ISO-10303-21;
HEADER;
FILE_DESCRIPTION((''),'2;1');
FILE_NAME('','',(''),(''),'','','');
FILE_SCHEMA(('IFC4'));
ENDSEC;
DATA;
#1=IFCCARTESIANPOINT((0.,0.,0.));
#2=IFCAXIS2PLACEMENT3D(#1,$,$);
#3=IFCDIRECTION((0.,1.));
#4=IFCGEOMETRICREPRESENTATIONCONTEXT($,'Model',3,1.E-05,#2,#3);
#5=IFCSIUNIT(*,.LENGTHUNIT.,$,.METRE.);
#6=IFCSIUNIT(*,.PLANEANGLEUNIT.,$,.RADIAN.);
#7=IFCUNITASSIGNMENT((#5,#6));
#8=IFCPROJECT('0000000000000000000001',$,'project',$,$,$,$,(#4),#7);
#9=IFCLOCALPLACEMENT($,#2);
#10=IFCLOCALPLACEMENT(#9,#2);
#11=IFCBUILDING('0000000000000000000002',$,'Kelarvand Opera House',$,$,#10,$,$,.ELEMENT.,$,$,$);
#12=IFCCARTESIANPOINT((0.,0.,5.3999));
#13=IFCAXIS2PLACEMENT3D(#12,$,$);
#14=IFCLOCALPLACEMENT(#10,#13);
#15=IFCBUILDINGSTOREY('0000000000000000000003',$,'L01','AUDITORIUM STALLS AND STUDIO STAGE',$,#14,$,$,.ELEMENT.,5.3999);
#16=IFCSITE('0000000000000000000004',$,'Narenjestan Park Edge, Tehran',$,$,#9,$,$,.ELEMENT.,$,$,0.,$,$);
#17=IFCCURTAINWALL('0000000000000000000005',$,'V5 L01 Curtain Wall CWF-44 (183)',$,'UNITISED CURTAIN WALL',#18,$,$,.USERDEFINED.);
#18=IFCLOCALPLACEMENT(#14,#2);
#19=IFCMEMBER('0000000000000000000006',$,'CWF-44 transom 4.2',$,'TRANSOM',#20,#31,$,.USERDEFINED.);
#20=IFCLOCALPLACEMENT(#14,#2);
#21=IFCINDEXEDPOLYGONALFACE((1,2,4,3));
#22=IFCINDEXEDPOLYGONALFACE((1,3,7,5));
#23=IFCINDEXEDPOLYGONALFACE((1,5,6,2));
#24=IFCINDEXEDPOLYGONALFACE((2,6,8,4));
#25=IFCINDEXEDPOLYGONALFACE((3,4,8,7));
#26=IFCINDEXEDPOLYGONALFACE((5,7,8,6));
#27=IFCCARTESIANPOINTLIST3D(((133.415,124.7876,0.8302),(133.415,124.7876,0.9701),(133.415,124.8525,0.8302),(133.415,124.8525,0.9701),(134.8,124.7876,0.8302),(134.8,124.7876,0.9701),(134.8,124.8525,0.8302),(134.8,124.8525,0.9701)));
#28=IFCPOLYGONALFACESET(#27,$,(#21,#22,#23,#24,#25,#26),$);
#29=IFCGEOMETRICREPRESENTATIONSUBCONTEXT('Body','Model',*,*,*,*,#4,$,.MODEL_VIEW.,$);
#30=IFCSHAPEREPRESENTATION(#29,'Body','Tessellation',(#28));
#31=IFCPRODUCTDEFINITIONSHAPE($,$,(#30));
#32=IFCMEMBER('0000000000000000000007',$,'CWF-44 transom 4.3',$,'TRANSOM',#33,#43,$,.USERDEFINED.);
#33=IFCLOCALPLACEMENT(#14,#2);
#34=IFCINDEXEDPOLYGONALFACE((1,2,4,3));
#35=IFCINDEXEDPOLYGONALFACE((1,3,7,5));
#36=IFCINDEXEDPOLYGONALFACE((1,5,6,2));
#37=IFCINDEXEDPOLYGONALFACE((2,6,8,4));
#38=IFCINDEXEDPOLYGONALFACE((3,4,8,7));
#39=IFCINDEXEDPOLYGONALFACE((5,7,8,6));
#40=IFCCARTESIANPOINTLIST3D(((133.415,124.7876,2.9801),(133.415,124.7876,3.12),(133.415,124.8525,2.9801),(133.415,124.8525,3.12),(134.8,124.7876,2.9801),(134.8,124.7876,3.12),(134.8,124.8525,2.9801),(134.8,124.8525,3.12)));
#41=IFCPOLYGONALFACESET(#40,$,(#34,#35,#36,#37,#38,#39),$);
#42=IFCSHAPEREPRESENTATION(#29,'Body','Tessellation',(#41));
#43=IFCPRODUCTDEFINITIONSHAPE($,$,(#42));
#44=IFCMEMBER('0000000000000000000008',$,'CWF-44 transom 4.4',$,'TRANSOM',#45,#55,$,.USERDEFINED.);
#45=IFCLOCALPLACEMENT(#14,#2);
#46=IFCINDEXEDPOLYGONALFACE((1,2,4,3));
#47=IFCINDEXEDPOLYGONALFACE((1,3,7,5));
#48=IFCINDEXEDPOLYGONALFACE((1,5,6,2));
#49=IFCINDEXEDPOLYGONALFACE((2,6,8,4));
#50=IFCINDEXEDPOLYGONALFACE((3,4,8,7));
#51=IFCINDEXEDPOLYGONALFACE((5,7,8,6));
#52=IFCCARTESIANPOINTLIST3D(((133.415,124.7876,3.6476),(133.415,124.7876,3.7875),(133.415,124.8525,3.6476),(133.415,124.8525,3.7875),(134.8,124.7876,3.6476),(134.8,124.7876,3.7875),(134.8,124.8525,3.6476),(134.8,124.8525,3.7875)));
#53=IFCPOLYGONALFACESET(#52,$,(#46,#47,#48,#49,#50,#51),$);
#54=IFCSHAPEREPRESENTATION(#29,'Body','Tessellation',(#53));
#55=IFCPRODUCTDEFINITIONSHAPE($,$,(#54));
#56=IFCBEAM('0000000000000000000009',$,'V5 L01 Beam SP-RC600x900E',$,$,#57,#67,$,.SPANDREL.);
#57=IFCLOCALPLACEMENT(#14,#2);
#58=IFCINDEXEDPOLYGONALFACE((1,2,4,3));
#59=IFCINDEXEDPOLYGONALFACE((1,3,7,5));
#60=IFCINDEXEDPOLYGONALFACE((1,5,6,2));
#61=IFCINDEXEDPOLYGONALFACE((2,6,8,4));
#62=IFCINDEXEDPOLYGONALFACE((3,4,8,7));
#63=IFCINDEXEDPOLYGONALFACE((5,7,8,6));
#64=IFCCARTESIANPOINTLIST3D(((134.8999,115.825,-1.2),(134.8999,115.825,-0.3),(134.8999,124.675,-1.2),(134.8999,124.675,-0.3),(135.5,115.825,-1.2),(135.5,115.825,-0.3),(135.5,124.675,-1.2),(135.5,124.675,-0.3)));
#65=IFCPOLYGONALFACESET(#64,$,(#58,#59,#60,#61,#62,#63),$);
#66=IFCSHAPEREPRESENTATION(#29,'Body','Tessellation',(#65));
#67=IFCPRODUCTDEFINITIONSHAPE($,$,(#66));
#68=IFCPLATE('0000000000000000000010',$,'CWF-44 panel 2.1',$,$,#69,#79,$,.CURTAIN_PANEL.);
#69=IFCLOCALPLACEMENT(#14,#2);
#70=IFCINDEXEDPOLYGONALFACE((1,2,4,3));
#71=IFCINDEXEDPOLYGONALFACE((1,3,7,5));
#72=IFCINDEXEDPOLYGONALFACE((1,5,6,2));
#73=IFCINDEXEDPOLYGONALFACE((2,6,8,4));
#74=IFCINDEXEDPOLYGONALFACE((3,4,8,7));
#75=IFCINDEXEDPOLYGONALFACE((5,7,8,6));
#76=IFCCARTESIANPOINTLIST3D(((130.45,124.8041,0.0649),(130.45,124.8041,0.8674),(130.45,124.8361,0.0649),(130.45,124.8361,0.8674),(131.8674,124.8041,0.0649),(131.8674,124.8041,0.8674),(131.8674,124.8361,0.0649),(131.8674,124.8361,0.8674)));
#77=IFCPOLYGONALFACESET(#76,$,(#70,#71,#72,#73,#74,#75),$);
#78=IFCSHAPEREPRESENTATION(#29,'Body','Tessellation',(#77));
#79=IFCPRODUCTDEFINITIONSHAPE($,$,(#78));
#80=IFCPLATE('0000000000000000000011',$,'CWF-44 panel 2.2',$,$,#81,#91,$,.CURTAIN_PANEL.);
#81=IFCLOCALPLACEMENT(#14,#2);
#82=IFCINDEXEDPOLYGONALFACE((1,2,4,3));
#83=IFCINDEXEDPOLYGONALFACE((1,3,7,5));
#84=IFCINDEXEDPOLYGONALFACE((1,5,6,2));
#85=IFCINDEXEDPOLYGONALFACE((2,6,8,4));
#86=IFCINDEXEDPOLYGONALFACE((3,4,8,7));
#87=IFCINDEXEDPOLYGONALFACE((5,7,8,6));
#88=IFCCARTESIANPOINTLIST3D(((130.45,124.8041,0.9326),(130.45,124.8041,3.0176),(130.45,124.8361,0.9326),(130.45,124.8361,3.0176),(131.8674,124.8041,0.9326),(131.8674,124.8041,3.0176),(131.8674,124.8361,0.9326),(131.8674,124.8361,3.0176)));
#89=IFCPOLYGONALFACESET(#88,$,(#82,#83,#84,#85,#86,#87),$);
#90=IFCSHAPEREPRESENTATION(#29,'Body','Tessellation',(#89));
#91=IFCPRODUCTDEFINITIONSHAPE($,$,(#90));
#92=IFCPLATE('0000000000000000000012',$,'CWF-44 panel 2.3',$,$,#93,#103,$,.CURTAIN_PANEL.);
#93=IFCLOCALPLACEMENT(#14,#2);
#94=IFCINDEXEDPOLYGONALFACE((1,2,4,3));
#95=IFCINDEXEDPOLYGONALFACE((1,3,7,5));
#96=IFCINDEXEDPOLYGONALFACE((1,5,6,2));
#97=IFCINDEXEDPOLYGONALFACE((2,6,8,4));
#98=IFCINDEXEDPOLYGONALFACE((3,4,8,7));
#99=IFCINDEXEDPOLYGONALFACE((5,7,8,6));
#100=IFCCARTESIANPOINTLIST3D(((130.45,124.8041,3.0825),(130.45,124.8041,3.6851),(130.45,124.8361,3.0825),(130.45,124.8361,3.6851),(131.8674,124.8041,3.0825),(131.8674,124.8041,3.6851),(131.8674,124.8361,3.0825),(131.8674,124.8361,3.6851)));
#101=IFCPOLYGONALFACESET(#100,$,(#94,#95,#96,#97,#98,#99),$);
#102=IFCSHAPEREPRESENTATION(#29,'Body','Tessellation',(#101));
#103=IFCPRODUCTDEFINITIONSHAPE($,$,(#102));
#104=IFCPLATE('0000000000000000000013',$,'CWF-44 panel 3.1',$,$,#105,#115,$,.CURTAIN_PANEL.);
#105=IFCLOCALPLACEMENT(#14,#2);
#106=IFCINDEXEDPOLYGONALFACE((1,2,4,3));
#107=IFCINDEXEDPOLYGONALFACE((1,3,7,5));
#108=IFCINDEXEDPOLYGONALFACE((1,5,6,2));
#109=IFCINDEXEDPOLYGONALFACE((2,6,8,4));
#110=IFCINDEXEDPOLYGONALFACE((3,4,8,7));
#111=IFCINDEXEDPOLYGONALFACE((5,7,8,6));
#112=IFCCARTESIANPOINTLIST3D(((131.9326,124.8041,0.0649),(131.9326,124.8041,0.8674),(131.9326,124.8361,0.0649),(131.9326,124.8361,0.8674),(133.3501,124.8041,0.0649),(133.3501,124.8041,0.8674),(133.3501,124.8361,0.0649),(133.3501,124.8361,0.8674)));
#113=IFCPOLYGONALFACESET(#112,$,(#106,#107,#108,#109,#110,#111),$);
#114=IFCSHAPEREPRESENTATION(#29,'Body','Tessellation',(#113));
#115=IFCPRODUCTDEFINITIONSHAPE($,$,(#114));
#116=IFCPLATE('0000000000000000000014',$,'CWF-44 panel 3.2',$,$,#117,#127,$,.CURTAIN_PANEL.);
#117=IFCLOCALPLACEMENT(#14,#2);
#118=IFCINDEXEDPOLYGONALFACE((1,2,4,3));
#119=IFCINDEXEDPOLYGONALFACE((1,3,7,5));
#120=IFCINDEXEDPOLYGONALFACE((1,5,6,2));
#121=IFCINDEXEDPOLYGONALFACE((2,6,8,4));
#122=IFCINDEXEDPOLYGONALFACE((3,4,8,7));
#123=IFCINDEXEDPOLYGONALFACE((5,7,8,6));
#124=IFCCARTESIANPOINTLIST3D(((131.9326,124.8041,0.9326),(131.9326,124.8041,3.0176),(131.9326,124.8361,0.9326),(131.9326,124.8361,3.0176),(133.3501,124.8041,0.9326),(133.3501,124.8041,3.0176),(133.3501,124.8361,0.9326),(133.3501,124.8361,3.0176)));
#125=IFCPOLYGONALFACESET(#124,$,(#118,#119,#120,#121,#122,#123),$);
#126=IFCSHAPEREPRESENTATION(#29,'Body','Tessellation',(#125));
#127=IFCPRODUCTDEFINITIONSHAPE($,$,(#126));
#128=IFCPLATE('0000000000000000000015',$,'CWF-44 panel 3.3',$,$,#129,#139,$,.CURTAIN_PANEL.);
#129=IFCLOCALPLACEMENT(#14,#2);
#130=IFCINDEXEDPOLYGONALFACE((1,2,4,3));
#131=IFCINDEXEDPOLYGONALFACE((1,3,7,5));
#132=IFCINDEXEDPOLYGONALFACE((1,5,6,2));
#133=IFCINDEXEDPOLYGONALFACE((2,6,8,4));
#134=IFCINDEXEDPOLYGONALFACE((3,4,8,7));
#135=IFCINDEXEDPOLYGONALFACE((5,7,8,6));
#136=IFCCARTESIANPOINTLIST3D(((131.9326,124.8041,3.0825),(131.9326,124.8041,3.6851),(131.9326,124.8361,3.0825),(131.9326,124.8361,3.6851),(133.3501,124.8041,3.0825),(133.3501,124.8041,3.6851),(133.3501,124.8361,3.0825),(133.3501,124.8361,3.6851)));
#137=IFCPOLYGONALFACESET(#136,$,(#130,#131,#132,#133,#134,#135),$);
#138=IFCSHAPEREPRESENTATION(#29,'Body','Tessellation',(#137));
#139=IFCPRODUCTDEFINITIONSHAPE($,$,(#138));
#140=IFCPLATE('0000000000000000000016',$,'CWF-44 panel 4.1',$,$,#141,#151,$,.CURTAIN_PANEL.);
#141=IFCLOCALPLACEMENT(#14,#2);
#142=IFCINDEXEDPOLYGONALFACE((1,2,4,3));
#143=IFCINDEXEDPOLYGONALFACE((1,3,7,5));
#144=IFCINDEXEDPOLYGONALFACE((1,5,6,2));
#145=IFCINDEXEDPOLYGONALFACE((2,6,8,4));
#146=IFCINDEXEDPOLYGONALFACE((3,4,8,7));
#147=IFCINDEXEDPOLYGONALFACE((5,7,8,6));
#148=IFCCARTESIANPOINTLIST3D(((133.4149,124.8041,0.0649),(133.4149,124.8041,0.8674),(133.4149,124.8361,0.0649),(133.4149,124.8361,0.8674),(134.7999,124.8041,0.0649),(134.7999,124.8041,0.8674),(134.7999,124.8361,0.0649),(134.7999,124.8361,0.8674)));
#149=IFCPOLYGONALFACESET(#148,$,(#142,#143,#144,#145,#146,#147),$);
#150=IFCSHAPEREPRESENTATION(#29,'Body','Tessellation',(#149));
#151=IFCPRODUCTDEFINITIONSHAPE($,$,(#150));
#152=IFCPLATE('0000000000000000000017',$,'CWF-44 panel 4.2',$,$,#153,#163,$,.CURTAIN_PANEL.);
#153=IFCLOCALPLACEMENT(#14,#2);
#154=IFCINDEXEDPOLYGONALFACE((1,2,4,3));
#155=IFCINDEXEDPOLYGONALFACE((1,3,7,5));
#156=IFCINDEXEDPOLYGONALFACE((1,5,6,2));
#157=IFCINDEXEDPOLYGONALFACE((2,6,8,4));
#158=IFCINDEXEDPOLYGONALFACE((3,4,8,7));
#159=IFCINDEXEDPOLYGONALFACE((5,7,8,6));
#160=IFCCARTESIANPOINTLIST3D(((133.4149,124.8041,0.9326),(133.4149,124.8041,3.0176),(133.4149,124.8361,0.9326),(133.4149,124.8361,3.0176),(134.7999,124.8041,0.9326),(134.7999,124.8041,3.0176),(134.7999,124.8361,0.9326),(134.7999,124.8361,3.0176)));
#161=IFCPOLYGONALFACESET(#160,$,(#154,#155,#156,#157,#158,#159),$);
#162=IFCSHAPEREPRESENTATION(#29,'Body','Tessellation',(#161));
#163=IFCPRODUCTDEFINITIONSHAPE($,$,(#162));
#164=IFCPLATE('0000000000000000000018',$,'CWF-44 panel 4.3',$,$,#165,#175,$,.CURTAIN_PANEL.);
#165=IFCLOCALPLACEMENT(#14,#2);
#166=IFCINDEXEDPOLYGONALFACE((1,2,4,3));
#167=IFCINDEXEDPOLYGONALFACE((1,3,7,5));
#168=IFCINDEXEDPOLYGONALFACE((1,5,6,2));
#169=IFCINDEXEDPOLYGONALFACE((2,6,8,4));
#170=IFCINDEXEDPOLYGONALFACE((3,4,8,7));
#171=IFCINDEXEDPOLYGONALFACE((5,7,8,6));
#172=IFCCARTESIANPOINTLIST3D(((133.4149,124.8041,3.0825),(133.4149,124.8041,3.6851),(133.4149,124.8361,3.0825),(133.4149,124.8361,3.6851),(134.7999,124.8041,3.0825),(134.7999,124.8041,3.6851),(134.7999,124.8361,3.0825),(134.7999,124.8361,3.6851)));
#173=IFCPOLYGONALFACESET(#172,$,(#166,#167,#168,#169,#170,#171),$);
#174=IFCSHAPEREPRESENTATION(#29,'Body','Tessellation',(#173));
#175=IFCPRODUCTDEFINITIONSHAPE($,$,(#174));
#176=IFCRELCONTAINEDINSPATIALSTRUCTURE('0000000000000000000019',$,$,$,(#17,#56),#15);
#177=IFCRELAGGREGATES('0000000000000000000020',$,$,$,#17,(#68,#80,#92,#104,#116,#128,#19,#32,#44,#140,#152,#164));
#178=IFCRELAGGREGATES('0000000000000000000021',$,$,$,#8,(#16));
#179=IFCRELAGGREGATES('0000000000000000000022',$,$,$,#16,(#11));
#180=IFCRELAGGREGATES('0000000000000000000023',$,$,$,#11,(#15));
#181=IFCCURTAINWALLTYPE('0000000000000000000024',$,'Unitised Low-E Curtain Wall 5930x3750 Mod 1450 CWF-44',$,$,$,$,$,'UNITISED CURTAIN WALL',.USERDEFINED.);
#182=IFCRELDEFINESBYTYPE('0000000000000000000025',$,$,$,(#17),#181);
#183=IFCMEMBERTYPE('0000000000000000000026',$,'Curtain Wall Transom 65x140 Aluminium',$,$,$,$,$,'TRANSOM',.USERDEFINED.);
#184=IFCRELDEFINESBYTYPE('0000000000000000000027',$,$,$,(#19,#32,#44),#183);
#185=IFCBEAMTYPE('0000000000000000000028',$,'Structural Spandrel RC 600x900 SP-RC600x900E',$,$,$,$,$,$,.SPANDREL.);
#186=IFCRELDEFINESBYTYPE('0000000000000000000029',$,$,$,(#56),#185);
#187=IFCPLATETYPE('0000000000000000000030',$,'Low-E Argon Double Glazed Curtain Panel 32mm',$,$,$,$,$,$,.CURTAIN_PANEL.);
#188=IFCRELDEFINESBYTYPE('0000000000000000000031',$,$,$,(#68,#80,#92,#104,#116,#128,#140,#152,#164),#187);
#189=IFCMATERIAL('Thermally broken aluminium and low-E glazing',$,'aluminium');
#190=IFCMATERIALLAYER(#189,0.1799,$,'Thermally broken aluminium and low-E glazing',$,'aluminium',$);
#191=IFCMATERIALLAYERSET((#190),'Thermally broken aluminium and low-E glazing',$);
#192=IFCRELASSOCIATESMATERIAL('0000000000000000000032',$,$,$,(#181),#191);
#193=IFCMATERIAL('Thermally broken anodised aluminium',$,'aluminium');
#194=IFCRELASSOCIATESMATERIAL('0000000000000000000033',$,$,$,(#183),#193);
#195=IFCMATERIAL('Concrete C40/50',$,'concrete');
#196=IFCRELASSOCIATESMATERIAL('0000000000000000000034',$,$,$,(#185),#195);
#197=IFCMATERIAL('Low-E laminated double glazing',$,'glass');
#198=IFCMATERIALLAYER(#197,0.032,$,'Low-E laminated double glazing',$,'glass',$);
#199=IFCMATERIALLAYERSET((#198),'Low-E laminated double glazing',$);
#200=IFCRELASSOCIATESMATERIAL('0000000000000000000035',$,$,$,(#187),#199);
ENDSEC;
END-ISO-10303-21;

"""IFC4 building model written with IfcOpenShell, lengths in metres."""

from ifc_helpers import new_model, si_unit, direction, frame, origin, origin_2d, place, context, subcontext, project, spatial, rectangle, extrude, material, layer, layer_set, material_profile, profile_set, type_object, element, aggregate, save


model = new_model("IFC4")

# Units and contexts
model_context = context("Model", 3, precision=1e-05, world=origin(), true_north=direction((0.0, 1.0)))
body_context = subcontext(model_context, "Body", "Model", "MODEL_VIEW")
ifc_project = project(units=[si_unit("LENGTHUNIT", "METRE"), si_unit("PLANEANGLEUNIT", "RADIAN")], contexts=[model_context])

# Site, building, storey
site_placement = place(None, origin())
site = spatial("IfcSite", under=ifc_project, at=site_placement, Name="Narenjestan Park Edge, Tehran", CompositionType="ELEMENT", RefElevation=0.0)
building_placement = place(site_placement, origin())
building = spatial("IfcBuilding", under=site, at=building_placement, Name="Kelarvand Opera House", CompositionType="ELEMENT")
storey_placement = place(building_placement, frame((0.0, 0.0, 5.3999)))
storey = spatial("IfcBuildingStorey", under=building, at=storey_placement, Name="L01", Description="AUDITORIUM STALLS AND STUDIO STAGE", CompositionType="ELEMENT", Elevation=5.3999)

# Shared definitions
ifc_material_1 = material(Name="Concrete C40/50", Category="concrete")

# Shared definitions
ifc_material_2 = material(Name="Thermally broken aluminium and low-E glazing", Category="aluminium")
ifc_material_3 = material(Name="Thermally broken anodised aluminium", Category="aluminium")

# Curtain wall
ifc_layer_1 = layer(ifc_material_2, 0.1799, Name="Thermally broken aluminium and low-E glazing", Category="aluminium")
ifc_layer_set_1 = layer_set([ifc_layer_1], Name="Thermally broken aluminium and low-E glazing")
curtain_wall_type_1 = type_object("IfcCurtainWallType", Name="Unitised Low-E Curtain Wall 5930x3750 Mod 1450 CWF-44", ElementType="UNITISED CURTAIN WALL", PredefinedType="USERDEFINED", material=ifc_layer_set_1)
curtain_wall_1_placement = place(storey_placement, origin())
curtain_wall_1 = element("IfcCurtainWall", 1, at=curtain_wall_1_placement, inside=storey, type_object=curtain_wall_type_1, Name="V5 L01 Curtain Wall CWF-44 (183)", ObjectType="UNITISED CURTAIN WALL", PredefinedType="USERDEFINED")

# Members
ifc_material_profile_1 = material_profile(ifc_material_3, rectangle(XDim=0.0649, YDim=0.1399, at=origin_2d()), Name="ALU TRANSOM 65x140", Category="aluminium")
ifc_profile_set_1 = profile_set([ifc_material_profile_1], Name="Thermally broken anodised aluminium")
member_type_1 = type_object("IfcMemberType", Name="Curtain Wall Transom 65x140 Aluminium", ElementType="TRANSOM", PredefinedType="USERDEFINED", material=ifc_profile_set_1)
member_1_placement = place(storey_placement, frame((133.415, 124.8201, 0.9001), z_axis=(1.0, 0.0, 0.0), x_axis=(0.0, 1.0, 0.0)))
member_1 = element("IfcMember", 2, at=member_1_placement, type_object=member_type_1, Name="CWF-44 transom 4.2", ObjectType="TRANSOM", PredefinedType="USERDEFINED", context=body_context, shape_type="SweptSolid", body=[
    extrude(rectangle(XDim=0.0649, YDim=0.1399, at=origin_2d()), origin(), (0.0, 0.0, 1.0), 1.385),
])
member_2_placement = place(storey_placement, frame((133.415, 124.8201, 3.05), z_axis=(1.0, 0.0, 0.0), x_axis=(0.0, 1.0, 0.0)))
member_2 = element("IfcMember", 3, at=member_2_placement, type_object=member_type_1, Name="CWF-44 transom 4.3", ObjectType="TRANSOM", PredefinedType="USERDEFINED", context=body_context, shape_type="SweptSolid", body=[
    extrude(rectangle(XDim=0.0649, YDim=0.1399, at=origin_2d()), origin(), (0.0, 0.0, 1.0), 1.385),
])
member_3_placement = place(storey_placement, frame((133.415, 124.8201, 3.7175), z_axis=(1.0, 0.0, 0.0), x_axis=(0.0, 1.0, 0.0)))
member_3 = element("IfcMember", 4, at=member_3_placement, type_object=member_type_1, Name="CWF-44 transom 4.4", ObjectType="TRANSOM", PredefinedType="USERDEFINED", context=body_context, shape_type="SweptSolid", body=[
    extrude(rectangle(XDim=0.0649, YDim=0.1399, at=origin_2d()), origin(), (0.0, 0.0, 1.0), 1.385),
])

# Beam
ifc_material_profile_2 = material_profile(ifc_material_1, rectangle(XDim=0.6001, YDim=0.8999, at=origin_2d()), Name="RC 600x900", Category="concrete")
ifc_profile_set_2 = profile_set([ifc_material_profile_2], Name="Concrete C40/50")
beam_type = type_object("IfcBeamType", Name="Structural Spandrel RC 600x900 SP-RC600x900E", PredefinedType="SPANDREL", material=ifc_profile_set_2)
beam_placement = place(storey_placement, frame((135.2, 115.825, -0.75), z_axis=(0.0, 1.0, 0.0), x_axis=(-1.0, 0.0, 0.0)))
element("IfcBeam", 5, at=beam_placement, inside=storey, type_object=beam_type, Name="V5 L01 Beam SP-RC600x900E", PredefinedType="SPANDREL", context=body_context, shape_type="SweptSolid", body=[
    extrude(rectangle(XDim=0.6001, YDim=0.8999, at=origin_2d()), origin(), (0.0, 0.0, 1.0), 8.8501),
])

# Plates
ifc_material_4 = material(Name="Low-E laminated double glazing", Category="glass")
ifc_layer_2 = layer(ifc_material_4, 0.032, Name="Low-E laminated double glazing", Category="glass")
ifc_layer_set_2 = layer_set([ifc_layer_2], Name="Low-E laminated double glazing")
plate_type = type_object("IfcPlateType", Name="Low-E Argon Double Glazed Curtain Panel 32mm", PredefinedType="CURTAIN_PANEL", material=ifc_layer_set_2)
plate_1_placement = place(storey_placement, frame((131.1587, 124.8201, 0.0649), z_axis=(0.0, 0.0, 1.0), x_axis=(1.0, 0.0, 0.0)))
plate_1 = element("IfcPlate", 6, at=plate_1_placement, type_object=plate_type, Name="CWF-44 panel 2.1", PredefinedType="CURTAIN_PANEL", context=body_context, shape_type="SweptSolid", body=[
    extrude(rectangle(XDim=1.4175, YDim=0.032, at=origin_2d()), origin(), (0.0, 0.0, 1.0), 0.8025),
])
plate_2_placement = place(storey_placement, frame((131.1587, 124.8201, 0.9326), z_axis=(0.0, 0.0, 1.0), x_axis=(1.0, 0.0, 0.0)))
plate_2 = element("IfcPlate", 7, at=plate_2_placement, type_object=plate_type, Name="CWF-44 panel 2.2", PredefinedType="CURTAIN_PANEL", context=body_context, shape_type="SweptSolid", body=[
    extrude(rectangle(XDim=1.4175, YDim=0.032, at=origin_2d()), origin(), (0.0, 0.0, 1.0), 2.085),
])
plate_3_placement = place(storey_placement, frame((131.1587, 124.8201, 3.0825), z_axis=(0.0, 0.0, 1.0), x_axis=(1.0, 0.0, 0.0)))
plate_3 = element("IfcPlate", 8, at=plate_3_placement, type_object=plate_type, Name="CWF-44 panel 2.3", PredefinedType="CURTAIN_PANEL", context=body_context, shape_type="SweptSolid", body=[
    extrude(rectangle(XDim=1.4175, YDim=0.032, at=origin_2d()), origin(), (0.0, 0.0, 1.0), 0.6025),
])
plate_4_placement = place(storey_placement, frame((132.6414, 124.8201, 0.0649), z_axis=(0.0, 0.0, 1.0), x_axis=(1.0, 0.0, 0.0)))
plate_4 = element("IfcPlate", 9, at=plate_4_placement, type_object=plate_type, Name="CWF-44 panel 3.1", PredefinedType="CURTAIN_PANEL", context=body_context, shape_type="SweptSolid", body=[
    extrude(rectangle(XDim=1.4175, YDim=0.032, at=origin_2d()), origin(), (0.0, 0.0, 1.0), 0.8025),
])
plate_5_placement = place(storey_placement, frame((132.6414, 124.8201, 0.9326), z_axis=(0.0, 0.0, 1.0), x_axis=(1.0, 0.0, 0.0)))
plate_5 = element("IfcPlate", 10, at=plate_5_placement, type_object=plate_type, Name="CWF-44 panel 3.2", PredefinedType="CURTAIN_PANEL", context=body_context, shape_type="SweptSolid", body=[
    extrude(rectangle(XDim=1.4175, YDim=0.032, at=origin_2d()), origin(), (0.0, 0.0, 1.0), 2.085),
])
plate_6_placement = place(storey_placement, frame((132.6414, 124.8201, 3.0825), z_axis=(0.0, 0.0, 1.0), x_axis=(1.0, 0.0, 0.0)))
plate_6 = element("IfcPlate", 11, at=plate_6_placement, type_object=plate_type, Name="CWF-44 panel 3.3", PredefinedType="CURTAIN_PANEL", context=body_context, shape_type="SweptSolid", body=[
    extrude(rectangle(XDim=1.4175, YDim=0.032, at=origin_2d()), origin(), (0.0, 0.0, 1.0), 0.6025),
])
plate_7_placement = place(storey_placement, frame((134.1074, 124.8201, 0.0649), z_axis=(0.0, 0.0, 1.0), x_axis=(1.0, 0.0, 0.0)))
plate_7 = element("IfcPlate", 12, at=plate_7_placement, type_object=plate_type, Name="CWF-44 panel 4.1", PredefinedType="CURTAIN_PANEL", context=body_context, shape_type="SweptSolid", body=[
    extrude(rectangle(XDim=1.385, YDim=0.032, at=origin_2d()), origin(), (0.0, 0.0, 1.0), 0.8025),
])
plate_8_placement = place(storey_placement, frame((134.1074, 124.8201, 0.9326), z_axis=(0.0, 0.0, 1.0), x_axis=(1.0, 0.0, 0.0)))
plate_8 = element("IfcPlate", 13, at=plate_8_placement, type_object=plate_type, Name="CWF-44 panel 4.2", PredefinedType="CURTAIN_PANEL", context=body_context, shape_type="SweptSolid", body=[
    extrude(rectangle(XDim=1.385, YDim=0.032, at=origin_2d()), origin(), (0.0, 0.0, 1.0), 2.085),
])
plate_9_placement = place(storey_placement, frame((134.1074, 124.8201, 3.0825), z_axis=(0.0, 0.0, 1.0), x_axis=(1.0, 0.0, 0.0)))
plate_9 = element("IfcPlate", 14, at=plate_9_placement, type_object=plate_type, Name="CWF-44 panel 4.3", PredefinedType="CURTAIN_PANEL", context=body_context, shape_type="SweptSolid", body=[
    extrude(rectangle(XDim=1.385, YDim=0.032, at=origin_2d()), origin(), (0.0, 0.0, 1.0), 0.6025),
])
aggregate(curtain_wall_1, [plate_1, plate_2, plate_3, plate_4, plate_5, plate_6, member_1, member_2, member_3, plate_7, plate_8, plate_9])

save(model, "model.ifc")
